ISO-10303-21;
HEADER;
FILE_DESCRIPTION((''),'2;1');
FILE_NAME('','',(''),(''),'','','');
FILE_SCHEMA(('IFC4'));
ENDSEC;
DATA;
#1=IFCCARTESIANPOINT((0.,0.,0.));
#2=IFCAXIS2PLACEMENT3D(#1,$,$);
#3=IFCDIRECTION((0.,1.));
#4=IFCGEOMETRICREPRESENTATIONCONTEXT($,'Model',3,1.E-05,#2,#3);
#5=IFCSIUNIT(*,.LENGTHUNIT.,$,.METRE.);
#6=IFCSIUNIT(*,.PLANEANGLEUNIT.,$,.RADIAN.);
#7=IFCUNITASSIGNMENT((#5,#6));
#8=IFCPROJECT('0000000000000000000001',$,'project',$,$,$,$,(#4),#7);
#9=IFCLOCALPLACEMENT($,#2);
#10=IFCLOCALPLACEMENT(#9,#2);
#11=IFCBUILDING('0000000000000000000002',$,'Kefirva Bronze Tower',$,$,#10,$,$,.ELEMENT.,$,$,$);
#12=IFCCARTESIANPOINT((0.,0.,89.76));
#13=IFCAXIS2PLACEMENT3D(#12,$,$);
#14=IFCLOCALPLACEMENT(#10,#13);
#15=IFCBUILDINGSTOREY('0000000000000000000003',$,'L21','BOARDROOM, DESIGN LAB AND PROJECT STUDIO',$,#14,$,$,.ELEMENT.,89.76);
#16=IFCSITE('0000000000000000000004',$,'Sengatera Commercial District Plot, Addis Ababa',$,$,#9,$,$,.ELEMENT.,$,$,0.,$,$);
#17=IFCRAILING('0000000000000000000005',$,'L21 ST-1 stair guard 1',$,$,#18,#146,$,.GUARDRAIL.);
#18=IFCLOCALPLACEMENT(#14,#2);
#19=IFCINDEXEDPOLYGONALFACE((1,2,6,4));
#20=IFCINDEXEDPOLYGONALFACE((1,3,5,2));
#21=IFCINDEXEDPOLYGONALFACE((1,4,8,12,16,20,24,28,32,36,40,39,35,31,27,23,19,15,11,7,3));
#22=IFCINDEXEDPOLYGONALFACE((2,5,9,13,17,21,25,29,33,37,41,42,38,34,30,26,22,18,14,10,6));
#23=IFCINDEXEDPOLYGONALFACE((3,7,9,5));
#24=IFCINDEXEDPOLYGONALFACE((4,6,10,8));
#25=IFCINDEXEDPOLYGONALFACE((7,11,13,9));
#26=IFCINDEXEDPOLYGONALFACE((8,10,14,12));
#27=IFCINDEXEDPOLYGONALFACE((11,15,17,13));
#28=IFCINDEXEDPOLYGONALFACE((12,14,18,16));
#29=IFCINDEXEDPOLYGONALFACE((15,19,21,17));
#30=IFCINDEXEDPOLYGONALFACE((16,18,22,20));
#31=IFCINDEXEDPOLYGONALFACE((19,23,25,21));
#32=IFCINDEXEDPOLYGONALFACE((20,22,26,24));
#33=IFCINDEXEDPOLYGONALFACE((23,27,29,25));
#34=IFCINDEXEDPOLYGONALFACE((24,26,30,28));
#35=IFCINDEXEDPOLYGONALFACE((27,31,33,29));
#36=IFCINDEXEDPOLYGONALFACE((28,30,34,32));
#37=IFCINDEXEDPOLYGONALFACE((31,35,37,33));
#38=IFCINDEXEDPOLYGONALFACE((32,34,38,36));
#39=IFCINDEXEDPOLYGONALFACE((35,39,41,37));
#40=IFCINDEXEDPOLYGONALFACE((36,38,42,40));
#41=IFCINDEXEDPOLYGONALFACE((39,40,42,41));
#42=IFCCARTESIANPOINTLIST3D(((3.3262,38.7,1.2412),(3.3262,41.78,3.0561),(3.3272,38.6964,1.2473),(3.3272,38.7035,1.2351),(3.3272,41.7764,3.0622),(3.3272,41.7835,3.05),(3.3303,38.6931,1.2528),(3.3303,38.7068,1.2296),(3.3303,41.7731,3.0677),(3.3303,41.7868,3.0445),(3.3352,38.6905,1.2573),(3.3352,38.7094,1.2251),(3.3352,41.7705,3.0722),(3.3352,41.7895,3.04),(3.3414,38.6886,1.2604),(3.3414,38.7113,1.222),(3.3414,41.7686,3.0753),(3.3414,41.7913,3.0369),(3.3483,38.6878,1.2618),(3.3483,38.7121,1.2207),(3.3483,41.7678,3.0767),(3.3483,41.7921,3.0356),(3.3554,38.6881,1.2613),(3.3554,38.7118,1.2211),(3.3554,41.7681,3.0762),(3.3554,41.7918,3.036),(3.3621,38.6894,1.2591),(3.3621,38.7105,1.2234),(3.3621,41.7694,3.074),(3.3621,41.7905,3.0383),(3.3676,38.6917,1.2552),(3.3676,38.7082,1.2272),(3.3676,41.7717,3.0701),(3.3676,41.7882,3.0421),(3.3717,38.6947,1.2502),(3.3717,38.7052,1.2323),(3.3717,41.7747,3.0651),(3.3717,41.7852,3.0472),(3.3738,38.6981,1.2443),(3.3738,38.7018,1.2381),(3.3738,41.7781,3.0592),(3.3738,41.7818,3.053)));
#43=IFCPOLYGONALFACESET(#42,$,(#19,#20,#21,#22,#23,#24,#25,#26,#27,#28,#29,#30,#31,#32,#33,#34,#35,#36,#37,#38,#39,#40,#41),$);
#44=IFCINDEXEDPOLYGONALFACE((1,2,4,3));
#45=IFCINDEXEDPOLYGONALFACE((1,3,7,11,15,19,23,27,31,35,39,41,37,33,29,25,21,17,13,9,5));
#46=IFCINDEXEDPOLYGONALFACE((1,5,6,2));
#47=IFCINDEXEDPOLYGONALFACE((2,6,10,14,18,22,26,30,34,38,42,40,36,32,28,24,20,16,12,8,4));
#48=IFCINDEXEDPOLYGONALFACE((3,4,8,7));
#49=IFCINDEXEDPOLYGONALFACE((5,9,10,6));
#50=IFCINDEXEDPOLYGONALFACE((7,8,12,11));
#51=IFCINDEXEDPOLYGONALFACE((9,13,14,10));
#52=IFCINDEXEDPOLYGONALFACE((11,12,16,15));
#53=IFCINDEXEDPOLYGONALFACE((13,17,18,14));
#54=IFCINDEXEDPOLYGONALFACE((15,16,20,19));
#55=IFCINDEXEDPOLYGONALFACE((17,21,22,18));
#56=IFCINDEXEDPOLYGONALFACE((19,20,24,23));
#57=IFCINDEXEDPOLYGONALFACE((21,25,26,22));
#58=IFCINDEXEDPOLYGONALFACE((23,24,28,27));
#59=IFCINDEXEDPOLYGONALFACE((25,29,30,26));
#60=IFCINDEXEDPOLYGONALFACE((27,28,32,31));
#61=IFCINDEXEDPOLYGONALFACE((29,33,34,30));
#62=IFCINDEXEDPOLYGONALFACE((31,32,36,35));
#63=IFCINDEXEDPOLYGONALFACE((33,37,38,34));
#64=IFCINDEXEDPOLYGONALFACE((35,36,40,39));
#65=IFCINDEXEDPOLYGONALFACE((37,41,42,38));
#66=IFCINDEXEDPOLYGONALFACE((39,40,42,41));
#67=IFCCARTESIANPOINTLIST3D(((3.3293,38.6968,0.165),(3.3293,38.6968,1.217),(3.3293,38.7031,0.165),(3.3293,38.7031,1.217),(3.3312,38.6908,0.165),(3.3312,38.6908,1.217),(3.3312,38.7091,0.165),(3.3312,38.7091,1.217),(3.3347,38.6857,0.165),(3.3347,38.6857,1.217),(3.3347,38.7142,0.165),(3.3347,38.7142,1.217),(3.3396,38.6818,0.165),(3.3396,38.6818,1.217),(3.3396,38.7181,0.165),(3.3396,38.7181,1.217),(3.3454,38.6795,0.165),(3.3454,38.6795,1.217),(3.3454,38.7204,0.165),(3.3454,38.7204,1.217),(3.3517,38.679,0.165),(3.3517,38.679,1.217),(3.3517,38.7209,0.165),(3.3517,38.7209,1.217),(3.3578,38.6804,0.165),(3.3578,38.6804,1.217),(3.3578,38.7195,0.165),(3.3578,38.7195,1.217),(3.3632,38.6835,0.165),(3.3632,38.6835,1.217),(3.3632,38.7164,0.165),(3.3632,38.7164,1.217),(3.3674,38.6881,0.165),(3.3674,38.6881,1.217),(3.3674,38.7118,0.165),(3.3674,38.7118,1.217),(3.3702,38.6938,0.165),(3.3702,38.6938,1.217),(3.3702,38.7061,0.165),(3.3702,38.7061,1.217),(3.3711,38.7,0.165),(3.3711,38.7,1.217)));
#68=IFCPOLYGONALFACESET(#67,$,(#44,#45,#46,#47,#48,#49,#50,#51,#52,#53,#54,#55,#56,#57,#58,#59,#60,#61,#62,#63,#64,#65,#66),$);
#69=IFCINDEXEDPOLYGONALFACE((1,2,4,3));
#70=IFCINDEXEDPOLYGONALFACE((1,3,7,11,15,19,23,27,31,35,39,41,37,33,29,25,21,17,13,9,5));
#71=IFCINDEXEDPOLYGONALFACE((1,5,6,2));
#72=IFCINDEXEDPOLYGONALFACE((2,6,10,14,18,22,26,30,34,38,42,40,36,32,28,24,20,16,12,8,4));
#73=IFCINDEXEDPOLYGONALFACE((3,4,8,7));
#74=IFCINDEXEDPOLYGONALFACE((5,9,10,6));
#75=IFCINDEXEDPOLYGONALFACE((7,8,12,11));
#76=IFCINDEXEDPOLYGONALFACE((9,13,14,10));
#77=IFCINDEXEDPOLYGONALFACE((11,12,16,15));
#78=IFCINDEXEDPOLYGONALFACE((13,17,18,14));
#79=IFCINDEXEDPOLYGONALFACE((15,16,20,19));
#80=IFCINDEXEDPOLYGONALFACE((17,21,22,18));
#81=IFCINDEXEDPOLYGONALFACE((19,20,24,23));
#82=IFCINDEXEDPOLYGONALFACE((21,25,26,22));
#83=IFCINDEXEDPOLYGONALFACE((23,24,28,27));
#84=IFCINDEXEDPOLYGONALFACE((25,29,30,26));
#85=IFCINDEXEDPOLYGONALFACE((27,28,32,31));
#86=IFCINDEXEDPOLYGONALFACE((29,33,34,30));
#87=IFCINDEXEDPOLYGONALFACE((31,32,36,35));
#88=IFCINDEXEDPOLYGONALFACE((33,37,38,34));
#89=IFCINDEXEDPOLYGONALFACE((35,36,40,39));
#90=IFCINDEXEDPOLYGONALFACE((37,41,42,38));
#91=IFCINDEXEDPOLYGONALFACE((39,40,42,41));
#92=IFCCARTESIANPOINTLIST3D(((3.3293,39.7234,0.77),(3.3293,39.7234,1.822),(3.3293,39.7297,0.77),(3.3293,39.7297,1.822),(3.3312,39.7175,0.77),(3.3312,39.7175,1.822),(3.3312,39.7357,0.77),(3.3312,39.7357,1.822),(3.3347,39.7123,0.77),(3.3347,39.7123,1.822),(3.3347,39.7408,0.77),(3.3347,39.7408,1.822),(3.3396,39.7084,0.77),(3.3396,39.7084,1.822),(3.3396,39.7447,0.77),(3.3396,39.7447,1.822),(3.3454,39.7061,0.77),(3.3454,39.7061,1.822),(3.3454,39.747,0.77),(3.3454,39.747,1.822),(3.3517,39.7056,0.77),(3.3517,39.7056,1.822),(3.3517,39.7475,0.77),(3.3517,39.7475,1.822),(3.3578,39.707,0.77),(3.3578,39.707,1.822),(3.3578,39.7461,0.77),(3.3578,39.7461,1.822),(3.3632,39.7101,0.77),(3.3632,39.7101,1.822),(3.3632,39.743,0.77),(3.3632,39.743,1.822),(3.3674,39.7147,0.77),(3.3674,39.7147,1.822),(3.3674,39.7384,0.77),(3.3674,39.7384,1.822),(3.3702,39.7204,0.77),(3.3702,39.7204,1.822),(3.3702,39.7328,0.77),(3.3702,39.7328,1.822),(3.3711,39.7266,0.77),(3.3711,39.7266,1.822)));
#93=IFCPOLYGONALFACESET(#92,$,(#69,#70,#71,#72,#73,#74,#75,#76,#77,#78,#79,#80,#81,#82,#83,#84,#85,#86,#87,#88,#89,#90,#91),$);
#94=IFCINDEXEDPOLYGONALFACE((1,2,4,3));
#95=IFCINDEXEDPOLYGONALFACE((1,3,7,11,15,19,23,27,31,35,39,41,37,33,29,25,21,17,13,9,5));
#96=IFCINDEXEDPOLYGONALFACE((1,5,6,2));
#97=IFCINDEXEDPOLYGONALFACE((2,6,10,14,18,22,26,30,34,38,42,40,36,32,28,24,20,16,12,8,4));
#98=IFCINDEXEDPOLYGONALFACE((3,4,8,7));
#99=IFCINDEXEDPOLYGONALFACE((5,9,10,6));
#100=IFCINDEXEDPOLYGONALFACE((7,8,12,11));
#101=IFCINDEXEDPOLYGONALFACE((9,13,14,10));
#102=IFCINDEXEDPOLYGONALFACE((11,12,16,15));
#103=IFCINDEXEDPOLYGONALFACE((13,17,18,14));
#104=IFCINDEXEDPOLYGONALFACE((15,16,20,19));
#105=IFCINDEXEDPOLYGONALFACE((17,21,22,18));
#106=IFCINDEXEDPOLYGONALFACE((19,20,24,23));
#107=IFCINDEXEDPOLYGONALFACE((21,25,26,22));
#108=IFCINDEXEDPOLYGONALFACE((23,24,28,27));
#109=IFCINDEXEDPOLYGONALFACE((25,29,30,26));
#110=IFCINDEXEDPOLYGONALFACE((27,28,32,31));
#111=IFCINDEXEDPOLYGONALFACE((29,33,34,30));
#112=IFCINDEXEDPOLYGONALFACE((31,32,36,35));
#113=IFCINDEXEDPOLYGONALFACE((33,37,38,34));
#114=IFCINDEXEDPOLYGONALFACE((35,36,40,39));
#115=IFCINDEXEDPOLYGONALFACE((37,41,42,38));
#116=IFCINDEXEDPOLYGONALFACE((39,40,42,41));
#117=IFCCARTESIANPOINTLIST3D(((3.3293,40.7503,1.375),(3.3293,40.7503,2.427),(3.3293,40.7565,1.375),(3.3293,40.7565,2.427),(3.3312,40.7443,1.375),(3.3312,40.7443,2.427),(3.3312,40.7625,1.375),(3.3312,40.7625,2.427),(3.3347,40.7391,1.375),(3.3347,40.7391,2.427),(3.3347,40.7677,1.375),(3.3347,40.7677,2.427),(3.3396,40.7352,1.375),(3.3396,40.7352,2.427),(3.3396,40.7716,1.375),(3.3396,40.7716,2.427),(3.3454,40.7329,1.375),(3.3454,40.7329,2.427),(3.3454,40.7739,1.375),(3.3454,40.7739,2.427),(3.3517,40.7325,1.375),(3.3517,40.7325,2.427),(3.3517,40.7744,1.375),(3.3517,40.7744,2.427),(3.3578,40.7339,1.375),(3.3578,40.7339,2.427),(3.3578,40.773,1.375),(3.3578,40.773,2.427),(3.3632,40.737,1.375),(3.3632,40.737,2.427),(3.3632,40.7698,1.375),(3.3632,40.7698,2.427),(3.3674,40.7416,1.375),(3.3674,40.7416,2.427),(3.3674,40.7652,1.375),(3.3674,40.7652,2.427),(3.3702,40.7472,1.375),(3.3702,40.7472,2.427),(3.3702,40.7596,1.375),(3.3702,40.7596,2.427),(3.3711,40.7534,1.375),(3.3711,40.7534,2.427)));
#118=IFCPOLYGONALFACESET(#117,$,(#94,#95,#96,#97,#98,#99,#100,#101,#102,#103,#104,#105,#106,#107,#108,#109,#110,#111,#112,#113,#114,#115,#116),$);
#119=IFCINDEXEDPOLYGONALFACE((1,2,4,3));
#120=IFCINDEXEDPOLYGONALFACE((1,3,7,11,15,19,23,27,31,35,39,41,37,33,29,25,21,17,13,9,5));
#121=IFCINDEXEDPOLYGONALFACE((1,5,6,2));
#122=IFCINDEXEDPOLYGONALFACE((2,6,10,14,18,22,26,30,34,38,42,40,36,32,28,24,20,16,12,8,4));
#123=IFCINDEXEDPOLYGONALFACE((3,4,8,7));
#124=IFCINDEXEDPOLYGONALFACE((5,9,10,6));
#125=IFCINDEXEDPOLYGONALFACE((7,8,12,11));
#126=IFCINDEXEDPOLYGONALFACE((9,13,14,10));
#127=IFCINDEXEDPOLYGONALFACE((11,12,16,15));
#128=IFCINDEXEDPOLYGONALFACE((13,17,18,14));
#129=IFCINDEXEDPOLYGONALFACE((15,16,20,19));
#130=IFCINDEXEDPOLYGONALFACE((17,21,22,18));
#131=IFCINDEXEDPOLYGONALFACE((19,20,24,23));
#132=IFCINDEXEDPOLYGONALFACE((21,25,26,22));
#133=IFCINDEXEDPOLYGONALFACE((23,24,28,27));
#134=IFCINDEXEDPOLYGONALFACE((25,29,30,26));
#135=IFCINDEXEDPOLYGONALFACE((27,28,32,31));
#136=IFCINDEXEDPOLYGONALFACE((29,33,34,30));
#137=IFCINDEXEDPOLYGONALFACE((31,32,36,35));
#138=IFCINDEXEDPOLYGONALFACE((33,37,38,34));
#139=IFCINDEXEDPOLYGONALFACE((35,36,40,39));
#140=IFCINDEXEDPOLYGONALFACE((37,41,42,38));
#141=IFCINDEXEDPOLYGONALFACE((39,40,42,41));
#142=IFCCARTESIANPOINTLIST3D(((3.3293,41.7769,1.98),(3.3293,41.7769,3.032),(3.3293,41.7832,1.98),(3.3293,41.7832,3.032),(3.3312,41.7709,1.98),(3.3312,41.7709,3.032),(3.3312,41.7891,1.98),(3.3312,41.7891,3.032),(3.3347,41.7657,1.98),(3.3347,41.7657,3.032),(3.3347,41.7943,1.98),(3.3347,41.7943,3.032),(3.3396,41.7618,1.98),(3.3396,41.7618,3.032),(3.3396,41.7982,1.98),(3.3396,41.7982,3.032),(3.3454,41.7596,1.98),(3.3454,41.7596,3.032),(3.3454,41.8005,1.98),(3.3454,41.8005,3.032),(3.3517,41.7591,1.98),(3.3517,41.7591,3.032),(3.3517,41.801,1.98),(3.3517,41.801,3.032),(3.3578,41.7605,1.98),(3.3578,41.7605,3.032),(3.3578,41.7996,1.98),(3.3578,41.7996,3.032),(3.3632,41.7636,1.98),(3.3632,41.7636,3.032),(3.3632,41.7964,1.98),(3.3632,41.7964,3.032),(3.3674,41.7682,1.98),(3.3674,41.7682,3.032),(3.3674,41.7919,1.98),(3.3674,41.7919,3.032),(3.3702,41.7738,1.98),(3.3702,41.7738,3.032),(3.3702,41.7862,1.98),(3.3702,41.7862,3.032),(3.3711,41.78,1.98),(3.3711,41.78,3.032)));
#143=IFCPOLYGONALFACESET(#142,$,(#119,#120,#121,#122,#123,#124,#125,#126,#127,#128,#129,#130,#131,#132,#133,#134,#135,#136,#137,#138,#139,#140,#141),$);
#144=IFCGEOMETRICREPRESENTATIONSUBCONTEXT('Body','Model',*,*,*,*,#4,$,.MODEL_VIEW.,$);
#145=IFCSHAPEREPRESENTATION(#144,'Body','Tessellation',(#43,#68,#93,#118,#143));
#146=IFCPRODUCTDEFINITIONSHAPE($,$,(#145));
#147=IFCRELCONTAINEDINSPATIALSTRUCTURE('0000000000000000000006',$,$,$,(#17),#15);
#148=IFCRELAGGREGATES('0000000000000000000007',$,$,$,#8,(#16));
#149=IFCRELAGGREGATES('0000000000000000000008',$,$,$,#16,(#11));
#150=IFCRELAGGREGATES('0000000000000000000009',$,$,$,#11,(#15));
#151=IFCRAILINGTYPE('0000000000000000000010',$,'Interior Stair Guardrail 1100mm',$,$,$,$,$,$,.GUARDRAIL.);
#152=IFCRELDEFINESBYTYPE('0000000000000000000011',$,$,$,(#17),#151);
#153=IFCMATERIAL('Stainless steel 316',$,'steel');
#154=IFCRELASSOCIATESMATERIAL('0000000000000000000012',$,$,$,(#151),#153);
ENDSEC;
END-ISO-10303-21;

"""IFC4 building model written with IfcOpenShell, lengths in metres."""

from ifc_helpers import new_model, si_unit, direction, frame, origin, origin_2d, place, context, subcontext, project, spatial, circle, extrude, material, type_object, element, save


model = new_model("IFC4")

# Units and contexts
model_context = context("Model", 3, precision=1e-05, world=origin(), true_north=direction((0.0, 1.0)))
body_context = subcontext(model_context, "Body", "Model", "MODEL_VIEW")
ifc_project = project(units=[si_unit("LENGTHUNIT", "METRE"), si_unit("PLANEANGLEUNIT", "RADIAN")], contexts=[model_context])

# Site, building, storey
site_placement = place(None, origin())
site = spatial("IfcSite", under=ifc_project, at=site_placement, Name="Sengatera Commercial District Plot, Addis Ababa", CompositionType="ELEMENT", RefElevation=0.0)
building_placement = place(site_placement, origin())
building = spatial("IfcBuilding", under=site, at=building_placement, Name="Kefirva Bronze Tower", CompositionType="ELEMENT")
storey_placement = place(building_placement, frame((0.0, 0.0, 89.76)))
storey = spatial("IfcBuildingStorey", under=building, at=storey_placement, Name="L21", Description="BOARDROOM, DESIGN LAB AND PROJECT STUDIO", CompositionType="ELEMENT", Elevation=89.76)

# Railing
ifc_material_1 = material(Name="Stainless steel 316", Category="steel")
railing_type_1 = type_object("IfcRailingType", Name="Interior Stair Guardrail 1100mm", PredefinedType="GUARDRAIL", material=ifc_material_1)
railing_1_placement = place(storey_placement, frame((3.3501, 38.7, 0.165)))
element("IfcRailing", 1, at=railing_1_placement, inside=storey, type_object=railing_type_1, Name="L21 ST-1 stair guard 1", PredefinedType="GUARDRAIL", context=body_context, shape_type="SweptSolid", body=[
    extrude(circle(Radius=0.0239, at=origin_2d()), frame((0.0, 0.0, 1.0762), z_axis=(0.0, 0.861551, 0.507671), x_axis=(-1.0, 0.0, 0.0)), (0.0, 0.0, 1.0), 3.575),
    extrude(circle(Radius=0.021, at=origin_2d()), origin(), (0.0, 0.0, 1.0), 1.052),
    extrude(circle(Radius=0.021, at=origin_2d()), frame((0.0, 1.0266, 0.605)), (0.0, 0.0, 1.0), 1.052),
    extrude(circle(Radius=0.021, at=origin_2d()), frame((0.0, 2.0535, 1.21)), (0.0, 0.0, 1.0), 1.052),
    extrude(circle(Radius=0.021, at=origin_2d()), frame((0.0, 3.0801, 1.8149)), (0.0, 0.0, 1.0), 1.052),
])

save(model, "model.ifc")
